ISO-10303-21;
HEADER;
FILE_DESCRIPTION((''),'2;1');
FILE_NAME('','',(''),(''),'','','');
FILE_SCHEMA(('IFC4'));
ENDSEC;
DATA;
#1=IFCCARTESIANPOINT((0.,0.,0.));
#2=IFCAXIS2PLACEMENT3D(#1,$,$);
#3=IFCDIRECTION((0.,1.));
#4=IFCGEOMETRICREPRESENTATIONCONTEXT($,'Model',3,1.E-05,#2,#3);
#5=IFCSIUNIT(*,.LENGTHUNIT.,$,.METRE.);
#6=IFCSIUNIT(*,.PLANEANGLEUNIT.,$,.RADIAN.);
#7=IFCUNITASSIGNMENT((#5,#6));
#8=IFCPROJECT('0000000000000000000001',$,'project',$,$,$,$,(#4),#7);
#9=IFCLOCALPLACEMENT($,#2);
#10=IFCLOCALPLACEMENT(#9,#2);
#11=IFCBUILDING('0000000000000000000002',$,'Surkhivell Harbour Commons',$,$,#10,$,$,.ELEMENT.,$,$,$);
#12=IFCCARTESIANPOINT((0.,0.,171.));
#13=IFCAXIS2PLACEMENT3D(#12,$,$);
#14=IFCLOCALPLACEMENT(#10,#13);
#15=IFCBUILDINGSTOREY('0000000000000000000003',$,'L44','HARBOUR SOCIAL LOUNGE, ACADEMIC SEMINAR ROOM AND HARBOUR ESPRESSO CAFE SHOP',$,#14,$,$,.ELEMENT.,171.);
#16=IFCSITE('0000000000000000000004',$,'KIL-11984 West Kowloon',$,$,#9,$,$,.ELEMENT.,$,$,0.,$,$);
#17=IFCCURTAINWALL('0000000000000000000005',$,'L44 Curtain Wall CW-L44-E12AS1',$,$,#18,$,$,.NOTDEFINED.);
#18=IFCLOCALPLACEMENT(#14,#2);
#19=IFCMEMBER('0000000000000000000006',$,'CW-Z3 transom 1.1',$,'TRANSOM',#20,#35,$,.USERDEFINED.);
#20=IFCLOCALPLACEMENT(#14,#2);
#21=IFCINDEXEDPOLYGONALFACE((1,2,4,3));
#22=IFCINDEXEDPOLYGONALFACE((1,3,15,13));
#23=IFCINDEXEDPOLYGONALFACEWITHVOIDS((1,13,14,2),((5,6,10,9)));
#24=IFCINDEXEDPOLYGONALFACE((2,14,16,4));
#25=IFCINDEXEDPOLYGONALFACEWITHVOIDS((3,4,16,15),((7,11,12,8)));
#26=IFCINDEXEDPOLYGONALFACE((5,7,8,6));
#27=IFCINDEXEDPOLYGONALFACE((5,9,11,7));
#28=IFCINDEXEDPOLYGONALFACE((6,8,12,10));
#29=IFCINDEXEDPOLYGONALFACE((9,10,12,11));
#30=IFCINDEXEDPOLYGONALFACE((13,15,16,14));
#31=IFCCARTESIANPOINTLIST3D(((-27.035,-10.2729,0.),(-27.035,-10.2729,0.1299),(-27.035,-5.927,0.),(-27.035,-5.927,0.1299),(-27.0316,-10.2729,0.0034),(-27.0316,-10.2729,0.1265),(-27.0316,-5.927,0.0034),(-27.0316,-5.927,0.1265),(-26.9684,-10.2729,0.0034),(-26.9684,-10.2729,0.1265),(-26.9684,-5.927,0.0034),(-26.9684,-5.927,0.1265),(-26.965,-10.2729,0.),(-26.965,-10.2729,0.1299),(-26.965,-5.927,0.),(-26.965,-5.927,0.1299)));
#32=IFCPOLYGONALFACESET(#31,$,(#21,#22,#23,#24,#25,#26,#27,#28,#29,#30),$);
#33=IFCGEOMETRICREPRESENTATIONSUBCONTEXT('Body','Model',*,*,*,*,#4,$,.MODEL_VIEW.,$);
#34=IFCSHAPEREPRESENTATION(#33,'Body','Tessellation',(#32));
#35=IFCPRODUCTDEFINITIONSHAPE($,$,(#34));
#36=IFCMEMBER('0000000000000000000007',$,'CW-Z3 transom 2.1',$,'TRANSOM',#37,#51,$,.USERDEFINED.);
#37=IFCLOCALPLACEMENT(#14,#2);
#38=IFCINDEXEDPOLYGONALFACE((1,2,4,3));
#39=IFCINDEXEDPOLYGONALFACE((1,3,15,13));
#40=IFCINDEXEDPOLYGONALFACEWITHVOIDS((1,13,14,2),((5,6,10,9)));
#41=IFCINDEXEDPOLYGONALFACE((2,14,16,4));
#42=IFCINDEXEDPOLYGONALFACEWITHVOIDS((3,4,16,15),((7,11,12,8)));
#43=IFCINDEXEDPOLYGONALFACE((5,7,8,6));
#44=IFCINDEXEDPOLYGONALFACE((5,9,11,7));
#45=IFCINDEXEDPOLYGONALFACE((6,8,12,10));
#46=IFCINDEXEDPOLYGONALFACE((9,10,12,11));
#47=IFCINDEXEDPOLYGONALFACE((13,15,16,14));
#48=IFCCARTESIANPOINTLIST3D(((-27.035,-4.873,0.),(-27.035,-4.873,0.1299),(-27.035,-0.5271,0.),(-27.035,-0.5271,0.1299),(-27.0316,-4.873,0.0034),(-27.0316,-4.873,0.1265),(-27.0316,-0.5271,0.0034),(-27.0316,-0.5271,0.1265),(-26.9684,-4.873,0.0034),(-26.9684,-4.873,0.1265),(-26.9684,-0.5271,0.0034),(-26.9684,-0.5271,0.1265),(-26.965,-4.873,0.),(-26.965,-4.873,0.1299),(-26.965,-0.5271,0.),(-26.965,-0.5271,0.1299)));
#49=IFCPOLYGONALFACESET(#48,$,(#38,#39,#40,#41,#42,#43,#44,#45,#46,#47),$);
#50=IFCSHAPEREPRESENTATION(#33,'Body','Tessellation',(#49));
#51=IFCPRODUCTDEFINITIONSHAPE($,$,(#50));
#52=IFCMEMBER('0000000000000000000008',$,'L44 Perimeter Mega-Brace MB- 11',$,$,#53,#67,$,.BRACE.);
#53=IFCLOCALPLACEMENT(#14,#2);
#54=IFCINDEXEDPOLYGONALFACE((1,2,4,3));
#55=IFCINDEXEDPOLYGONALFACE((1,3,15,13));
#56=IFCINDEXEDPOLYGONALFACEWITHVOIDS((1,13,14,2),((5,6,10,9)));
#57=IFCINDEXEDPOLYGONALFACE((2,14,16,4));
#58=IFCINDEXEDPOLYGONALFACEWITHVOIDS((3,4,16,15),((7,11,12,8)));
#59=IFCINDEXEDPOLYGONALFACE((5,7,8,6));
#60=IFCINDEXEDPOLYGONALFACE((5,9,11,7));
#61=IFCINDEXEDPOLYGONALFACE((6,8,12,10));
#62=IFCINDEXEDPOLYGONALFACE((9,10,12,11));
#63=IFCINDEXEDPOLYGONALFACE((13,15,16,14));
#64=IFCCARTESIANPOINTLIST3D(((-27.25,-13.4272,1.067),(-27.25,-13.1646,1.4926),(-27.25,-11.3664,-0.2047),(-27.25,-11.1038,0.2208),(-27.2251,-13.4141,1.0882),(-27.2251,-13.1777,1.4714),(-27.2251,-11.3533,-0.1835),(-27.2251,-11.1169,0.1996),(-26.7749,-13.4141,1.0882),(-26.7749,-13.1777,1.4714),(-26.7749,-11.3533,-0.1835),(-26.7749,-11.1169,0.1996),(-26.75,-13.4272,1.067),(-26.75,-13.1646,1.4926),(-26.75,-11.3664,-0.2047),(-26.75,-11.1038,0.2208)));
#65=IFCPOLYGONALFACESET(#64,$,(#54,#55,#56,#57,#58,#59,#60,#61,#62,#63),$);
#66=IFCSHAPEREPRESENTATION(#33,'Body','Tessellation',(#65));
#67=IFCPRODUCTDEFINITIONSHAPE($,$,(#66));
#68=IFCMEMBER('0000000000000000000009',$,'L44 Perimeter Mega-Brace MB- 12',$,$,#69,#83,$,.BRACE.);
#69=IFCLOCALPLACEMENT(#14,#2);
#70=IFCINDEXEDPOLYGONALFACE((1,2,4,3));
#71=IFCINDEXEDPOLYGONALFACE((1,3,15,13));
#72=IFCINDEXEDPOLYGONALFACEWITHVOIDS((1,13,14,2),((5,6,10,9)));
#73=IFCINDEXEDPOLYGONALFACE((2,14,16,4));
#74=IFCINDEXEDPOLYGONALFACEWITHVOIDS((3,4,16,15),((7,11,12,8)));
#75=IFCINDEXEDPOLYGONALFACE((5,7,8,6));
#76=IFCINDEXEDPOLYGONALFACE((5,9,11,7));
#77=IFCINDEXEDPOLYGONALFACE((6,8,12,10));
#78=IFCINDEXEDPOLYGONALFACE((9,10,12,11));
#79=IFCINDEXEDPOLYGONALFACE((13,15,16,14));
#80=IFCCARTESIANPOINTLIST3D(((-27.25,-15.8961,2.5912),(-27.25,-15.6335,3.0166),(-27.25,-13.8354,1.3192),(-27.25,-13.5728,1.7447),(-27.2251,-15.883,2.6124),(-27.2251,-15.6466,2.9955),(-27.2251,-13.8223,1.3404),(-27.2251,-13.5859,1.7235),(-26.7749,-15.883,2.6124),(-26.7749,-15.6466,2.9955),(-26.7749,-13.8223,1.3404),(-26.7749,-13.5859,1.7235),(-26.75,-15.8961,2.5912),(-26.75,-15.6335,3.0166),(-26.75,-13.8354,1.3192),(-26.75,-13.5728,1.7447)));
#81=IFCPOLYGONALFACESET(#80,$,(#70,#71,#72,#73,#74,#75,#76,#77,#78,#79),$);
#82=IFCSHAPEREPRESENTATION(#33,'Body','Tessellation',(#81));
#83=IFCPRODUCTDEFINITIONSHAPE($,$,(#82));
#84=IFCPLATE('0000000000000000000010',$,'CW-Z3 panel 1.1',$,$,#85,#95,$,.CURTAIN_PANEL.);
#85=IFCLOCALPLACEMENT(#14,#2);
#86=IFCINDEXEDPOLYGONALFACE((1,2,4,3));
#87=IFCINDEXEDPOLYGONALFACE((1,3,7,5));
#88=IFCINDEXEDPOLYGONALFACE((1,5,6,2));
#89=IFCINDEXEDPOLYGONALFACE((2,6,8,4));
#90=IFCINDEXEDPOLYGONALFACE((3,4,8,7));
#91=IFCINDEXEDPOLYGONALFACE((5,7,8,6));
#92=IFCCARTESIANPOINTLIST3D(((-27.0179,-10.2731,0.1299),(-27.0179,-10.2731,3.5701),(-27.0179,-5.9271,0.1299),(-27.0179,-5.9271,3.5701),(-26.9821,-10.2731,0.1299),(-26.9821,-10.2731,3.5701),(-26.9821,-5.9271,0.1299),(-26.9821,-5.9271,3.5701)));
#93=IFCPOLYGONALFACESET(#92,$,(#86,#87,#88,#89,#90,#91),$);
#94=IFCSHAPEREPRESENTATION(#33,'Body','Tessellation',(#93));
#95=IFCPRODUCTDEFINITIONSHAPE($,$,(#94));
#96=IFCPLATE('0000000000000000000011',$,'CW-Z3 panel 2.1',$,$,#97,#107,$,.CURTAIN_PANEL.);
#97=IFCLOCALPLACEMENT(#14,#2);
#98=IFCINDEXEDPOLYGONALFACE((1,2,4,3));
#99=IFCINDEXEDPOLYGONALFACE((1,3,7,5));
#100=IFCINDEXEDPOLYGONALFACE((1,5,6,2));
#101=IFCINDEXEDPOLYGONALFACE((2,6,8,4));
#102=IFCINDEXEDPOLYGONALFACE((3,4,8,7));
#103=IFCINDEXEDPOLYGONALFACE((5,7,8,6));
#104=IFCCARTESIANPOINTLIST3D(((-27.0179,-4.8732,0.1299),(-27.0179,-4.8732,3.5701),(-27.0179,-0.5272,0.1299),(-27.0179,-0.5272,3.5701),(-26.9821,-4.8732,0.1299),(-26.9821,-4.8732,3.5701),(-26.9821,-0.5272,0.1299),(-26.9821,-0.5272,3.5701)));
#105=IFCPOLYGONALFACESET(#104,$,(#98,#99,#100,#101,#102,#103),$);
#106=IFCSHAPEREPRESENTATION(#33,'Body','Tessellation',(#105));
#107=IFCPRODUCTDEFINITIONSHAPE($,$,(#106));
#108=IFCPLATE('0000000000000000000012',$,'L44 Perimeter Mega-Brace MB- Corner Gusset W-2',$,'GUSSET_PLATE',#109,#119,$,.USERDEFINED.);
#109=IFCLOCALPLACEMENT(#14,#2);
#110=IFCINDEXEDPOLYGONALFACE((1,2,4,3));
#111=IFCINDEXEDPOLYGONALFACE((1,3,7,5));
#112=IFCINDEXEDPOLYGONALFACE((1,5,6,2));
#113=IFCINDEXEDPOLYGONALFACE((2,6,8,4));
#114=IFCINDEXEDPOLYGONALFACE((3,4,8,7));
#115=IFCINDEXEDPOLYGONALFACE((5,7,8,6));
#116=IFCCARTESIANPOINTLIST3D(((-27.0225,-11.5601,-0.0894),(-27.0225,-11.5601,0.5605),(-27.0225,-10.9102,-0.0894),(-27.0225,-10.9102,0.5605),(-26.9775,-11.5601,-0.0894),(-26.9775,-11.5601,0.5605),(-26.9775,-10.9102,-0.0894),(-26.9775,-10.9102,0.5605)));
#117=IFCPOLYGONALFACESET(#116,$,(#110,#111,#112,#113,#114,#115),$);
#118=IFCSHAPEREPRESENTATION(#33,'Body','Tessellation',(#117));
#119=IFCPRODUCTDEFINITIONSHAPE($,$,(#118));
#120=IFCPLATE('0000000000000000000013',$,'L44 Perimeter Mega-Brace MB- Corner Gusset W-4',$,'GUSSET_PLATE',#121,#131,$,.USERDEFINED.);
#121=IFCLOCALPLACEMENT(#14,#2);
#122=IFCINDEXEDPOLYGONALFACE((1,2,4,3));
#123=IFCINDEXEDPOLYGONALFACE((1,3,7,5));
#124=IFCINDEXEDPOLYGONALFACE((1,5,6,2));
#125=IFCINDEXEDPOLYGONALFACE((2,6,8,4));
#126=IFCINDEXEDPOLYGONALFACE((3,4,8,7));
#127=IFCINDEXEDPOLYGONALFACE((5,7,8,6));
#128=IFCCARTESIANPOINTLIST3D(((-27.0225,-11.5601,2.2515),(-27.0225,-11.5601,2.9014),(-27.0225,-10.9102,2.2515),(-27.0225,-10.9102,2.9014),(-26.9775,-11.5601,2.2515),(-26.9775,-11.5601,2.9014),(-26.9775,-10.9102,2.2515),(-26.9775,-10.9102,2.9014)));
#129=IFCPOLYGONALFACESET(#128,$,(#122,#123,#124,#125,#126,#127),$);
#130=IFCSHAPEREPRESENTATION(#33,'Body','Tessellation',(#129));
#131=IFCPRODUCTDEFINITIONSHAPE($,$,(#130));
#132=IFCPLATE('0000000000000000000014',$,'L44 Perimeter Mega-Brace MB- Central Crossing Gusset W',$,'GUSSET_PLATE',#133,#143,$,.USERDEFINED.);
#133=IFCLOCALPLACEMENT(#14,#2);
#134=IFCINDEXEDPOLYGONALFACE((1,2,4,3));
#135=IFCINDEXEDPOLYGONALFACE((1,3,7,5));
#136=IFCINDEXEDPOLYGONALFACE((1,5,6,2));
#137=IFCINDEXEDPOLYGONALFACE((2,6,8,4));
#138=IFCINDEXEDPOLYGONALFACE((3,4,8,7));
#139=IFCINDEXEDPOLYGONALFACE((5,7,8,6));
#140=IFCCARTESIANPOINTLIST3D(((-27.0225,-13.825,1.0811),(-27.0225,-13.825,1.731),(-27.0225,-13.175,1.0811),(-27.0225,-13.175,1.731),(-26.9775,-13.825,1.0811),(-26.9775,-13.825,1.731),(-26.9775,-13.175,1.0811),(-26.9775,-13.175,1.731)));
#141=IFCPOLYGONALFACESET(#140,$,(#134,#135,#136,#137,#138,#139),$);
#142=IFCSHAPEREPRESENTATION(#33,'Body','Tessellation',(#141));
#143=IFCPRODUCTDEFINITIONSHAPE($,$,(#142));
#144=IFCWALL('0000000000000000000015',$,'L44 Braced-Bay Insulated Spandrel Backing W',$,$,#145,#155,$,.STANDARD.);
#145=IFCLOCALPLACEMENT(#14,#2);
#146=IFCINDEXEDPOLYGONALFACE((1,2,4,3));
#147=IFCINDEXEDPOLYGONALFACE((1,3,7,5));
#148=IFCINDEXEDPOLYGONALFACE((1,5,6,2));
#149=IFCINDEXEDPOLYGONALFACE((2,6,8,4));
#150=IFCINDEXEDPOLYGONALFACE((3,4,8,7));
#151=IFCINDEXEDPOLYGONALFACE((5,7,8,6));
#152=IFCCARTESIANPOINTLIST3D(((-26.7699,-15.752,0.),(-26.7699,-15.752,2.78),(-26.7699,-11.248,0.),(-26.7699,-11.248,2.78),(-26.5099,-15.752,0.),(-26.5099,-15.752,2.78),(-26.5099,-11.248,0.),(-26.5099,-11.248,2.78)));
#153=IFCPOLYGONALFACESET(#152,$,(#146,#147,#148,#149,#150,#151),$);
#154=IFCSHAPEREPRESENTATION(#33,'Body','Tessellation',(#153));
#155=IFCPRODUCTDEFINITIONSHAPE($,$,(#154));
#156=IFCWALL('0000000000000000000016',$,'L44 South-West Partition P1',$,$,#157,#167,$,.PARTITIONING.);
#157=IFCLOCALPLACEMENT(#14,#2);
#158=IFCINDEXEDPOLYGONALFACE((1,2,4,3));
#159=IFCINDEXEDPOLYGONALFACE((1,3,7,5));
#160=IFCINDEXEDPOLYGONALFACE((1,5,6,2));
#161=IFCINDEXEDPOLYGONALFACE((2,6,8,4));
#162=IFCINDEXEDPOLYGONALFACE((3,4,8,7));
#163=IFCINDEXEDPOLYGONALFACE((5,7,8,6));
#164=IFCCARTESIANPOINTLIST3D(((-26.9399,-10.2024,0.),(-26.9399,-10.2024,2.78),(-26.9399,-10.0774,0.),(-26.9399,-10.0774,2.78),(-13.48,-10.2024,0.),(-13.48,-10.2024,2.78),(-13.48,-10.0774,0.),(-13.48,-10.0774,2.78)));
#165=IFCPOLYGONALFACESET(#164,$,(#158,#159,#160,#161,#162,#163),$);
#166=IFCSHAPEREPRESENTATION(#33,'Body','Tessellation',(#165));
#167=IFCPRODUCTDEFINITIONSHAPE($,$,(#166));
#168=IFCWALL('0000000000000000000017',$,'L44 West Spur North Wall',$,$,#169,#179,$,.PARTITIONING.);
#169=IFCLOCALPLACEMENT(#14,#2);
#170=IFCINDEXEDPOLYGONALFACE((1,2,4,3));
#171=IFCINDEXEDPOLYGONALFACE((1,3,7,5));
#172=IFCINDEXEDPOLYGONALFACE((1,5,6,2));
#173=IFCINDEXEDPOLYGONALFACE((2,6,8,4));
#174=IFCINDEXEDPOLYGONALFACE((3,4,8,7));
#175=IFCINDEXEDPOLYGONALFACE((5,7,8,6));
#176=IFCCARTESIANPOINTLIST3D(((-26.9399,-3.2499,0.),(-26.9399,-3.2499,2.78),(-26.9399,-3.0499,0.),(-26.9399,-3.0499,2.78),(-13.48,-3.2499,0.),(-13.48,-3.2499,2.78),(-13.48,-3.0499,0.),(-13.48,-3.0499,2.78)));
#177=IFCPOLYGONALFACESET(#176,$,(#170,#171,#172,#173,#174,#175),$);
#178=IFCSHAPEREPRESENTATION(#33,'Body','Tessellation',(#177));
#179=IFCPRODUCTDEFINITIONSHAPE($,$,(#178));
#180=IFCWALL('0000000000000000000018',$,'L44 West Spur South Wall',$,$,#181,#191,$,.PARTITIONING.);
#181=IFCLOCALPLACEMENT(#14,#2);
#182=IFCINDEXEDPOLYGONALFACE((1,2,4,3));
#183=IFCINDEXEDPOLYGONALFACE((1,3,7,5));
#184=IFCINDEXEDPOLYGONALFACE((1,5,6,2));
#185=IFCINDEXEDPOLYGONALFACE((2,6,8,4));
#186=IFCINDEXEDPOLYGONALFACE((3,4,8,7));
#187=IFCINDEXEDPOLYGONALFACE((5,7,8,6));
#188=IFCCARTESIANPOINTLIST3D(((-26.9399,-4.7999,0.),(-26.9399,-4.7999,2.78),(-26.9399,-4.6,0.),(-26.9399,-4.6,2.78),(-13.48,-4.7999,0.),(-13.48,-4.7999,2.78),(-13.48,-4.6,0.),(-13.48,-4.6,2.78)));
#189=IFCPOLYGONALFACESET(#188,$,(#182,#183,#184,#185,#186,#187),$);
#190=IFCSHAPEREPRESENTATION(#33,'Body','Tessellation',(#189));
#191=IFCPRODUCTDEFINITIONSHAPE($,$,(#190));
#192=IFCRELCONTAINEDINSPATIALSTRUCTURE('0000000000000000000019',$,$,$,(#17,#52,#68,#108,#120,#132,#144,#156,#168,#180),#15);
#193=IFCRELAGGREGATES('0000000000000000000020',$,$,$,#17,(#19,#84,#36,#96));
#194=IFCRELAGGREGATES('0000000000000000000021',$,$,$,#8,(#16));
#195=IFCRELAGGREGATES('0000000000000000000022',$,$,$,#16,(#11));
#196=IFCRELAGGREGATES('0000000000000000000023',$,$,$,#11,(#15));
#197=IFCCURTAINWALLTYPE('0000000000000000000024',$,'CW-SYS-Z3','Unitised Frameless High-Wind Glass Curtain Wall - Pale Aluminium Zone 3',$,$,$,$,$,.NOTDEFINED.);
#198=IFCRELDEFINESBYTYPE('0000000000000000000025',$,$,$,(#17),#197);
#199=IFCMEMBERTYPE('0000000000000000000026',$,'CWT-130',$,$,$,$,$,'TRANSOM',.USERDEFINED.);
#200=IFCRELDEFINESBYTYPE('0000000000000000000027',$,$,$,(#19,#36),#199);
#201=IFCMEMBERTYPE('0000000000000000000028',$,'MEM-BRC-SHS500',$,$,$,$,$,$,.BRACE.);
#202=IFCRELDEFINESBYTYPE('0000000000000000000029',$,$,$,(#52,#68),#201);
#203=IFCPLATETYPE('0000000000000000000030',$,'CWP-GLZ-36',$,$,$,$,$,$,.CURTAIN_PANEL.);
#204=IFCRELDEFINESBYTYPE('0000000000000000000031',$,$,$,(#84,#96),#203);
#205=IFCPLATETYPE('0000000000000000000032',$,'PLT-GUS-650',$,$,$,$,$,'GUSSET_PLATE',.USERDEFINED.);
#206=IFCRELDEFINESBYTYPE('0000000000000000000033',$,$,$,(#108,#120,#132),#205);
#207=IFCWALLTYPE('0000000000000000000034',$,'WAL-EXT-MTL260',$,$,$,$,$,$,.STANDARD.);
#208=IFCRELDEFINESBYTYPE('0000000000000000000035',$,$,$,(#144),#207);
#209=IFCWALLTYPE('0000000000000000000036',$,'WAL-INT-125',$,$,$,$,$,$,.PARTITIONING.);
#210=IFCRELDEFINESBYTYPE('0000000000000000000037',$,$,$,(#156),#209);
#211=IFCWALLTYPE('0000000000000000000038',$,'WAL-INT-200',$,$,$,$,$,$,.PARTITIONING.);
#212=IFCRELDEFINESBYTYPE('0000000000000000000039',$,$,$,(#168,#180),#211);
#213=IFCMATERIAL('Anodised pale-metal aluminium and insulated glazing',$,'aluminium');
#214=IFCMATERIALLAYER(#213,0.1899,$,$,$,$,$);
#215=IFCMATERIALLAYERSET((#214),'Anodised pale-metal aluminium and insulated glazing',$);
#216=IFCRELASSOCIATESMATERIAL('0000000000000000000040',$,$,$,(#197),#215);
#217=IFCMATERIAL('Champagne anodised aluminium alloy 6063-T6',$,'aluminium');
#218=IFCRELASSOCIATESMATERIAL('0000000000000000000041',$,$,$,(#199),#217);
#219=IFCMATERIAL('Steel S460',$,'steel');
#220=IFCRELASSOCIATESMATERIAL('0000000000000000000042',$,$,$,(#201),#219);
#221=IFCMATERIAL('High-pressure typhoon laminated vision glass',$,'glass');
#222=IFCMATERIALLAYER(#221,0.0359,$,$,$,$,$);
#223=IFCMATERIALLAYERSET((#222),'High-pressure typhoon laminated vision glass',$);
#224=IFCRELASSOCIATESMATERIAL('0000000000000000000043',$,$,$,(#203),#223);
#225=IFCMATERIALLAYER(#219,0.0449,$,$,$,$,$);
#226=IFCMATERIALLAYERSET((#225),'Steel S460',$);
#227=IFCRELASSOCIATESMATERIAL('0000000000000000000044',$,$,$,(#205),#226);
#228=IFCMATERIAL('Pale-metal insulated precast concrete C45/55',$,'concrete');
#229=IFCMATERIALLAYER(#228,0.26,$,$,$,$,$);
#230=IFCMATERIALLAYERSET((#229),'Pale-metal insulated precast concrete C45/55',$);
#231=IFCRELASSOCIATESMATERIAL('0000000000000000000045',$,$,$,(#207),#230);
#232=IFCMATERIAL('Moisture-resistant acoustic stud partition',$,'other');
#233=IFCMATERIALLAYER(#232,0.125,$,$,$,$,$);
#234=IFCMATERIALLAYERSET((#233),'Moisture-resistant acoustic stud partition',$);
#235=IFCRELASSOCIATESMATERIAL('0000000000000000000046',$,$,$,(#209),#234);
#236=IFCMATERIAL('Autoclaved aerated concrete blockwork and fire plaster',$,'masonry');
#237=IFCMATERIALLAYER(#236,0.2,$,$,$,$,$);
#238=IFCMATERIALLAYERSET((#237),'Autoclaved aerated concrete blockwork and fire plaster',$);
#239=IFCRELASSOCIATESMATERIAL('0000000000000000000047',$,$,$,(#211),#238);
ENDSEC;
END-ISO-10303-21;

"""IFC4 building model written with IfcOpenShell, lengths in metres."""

from ifc_helpers import new_model, si_unit, direction, frame, frame_2d, origin, origin_2d, place, context, subcontext, project, spatial, rectangle, hollow_rectangle, extrude, material, layer, layer_set, material_profile, profile_set, type_object, element, aggregate, save


model = new_model("IFC4")

# Units and contexts
model_context = context("Model", 3, precision=1e-05, world=origin(), true_north=direction((0.0, 1.0)))
body_context = subcontext(model_context, "Body", "Model", "MODEL_VIEW")
ifc_project = project(units=[si_unit("LENGTHUNIT", "METRE"), si_unit("PLANEANGLEUNIT", "RADIAN")], contexts=[model_context])

# Site, building, storey
site_placement = place(None, origin())
site = spatial("IfcSite", under=ifc_project, at=site_placement, Name="KIL-11984 West Kowloon", CompositionType="ELEMENT", RefElevation=0.0)
building_placement = place(site_placement, origin())
building = spatial("IfcBuilding", under=site, at=building_placement, Name="Surkhivell Harbour Commons", CompositionType="ELEMENT")
storey_placement = place(building_placement, frame((0.0, 0.0, 171.0)))
storey = spatial("IfcBuildingStorey", under=building, at=storey_placement, Name="L44", Description="HARBOUR SOCIAL LOUNGE, ACADEMIC SEMINAR ROOM AND HARBOUR ESPRESSO CAFE SHOP", CompositionType="ELEMENT", Elevation=171.0)

# Curtain wall, members
ifc_material_1 = material(Name="Anodised pale-metal aluminium and insulated glazing", Category="aluminium")
ifc_layer_1 = layer(ifc_material_1, 0.1899)
ifc_layer_set_1 = layer_set([ifc_layer_1], Name="Anodised pale-metal aluminium and insulated glazing")
curtain_wall_type = type_object("IfcCurtainWallType", Name="CW-SYS-Z3", Description="Unitised Frameless High-Wind Glass Curtain Wall - Pale Aluminium Zone 3", PredefinedType="NOTDEFINED", material=ifc_layer_set_1)
curtain_wall_placement = place(storey_placement, origin())
curtain_wall = element("IfcCurtainWall", 1, at=curtain_wall_placement, inside=storey, type_object=curtain_wall_type, Name="L44 Curtain Wall CW-L44-E12AS1", PredefinedType="NOTDEFINED")
ifc_material_2 = material(Name="Champagne anodised aluminium alloy 6063-T6", Category="aluminium")
ifc_material_profile_1 = material_profile(ifc_material_2, hollow_rectangle(XDim=0.0701, YDim=0.1299, WallThickness=0.0034, at=origin_2d()), Name="ALU-TRAN-70x130")
ifc_profile_set_1 = profile_set([ifc_material_profile_1], Name="Champagne anodised aluminium alloy 6063-T6")
member_type_1 = type_object("IfcMemberType", Name="CWT-130", ElementType="TRANSOM", PredefinedType="USERDEFINED", material=ifc_profile_set_1)
member_1_placement = place(storey_placement, frame((-27.0, -10.2729, 0.0649), z_axis=(0.0, 1.0, 0.0), x_axis=(-1.0, 0.0, 0.0)))
member_1 = element("IfcMember", 2, at=member_1_placement, type_object=member_type_1, Name="CW-Z3 transom 1.1", ObjectType="TRANSOM", PredefinedType="USERDEFINED", context=body_context, shape_type="SweptSolid", body=[
    extrude(hollow_rectangle(XDim=0.0701, YDim=0.1299, WallThickness=0.0034, at=origin_2d()), origin(), (0.0, 0.0, 1.0), 4.3459),
])
member_2_placement = place(storey_placement, frame((-27.0, -4.873, 0.0649), z_axis=(0.0, 1.0, 0.0), x_axis=(-1.0, 0.0, 0.0)))
member_2 = element("IfcMember", 3, at=member_2_placement, type_object=member_type_1, Name="CW-Z3 transom 2.1", ObjectType="TRANSOM", PredefinedType="USERDEFINED", context=body_context, shape_type="SweptSolid", body=[
    extrude(hollow_rectangle(XDim=0.0701, YDim=0.1299, WallThickness=0.0034, at=origin_2d()), origin(), (0.0, 0.0, 1.0), 4.3459),
])

# Members
ifc_material_3 = material(Name="Steel S460", Category="steel")
ifc_material_profile_2 = material_profile(ifc_material_3, hollow_rectangle(XDim=0.5, YDim=0.5, WallThickness=0.0249, at=origin_2d()), Name="SHS500x500x25")
ifc_profile_set_2 = profile_set([ifc_material_profile_2], Name="Steel S460")
member_type_2 = type_object("IfcMemberType", Name="MEM-BRC-SHS500", PredefinedType="BRACE", material=ifc_profile_set_2)
for number, where, z_axis, x_axis, name in (
    (4, (-27.0, -11.2351, 0.0081), (0.0, -0.851003, 0.52516), (1.0, 0.0, 0.0), "L44 Perimeter Mega-Brace MB- 11"),
    (5, (-27.0, -13.7041, 1.532), (0.0, -0.850958, 0.525233), (1.0, 0.0, 0.0), "L44 Perimeter Mega-Brace MB- 12"),
):
    element("IfcMember", number, at=place(storey_placement, frame(where, z_axis=z_axis, x_axis=x_axis)), inside=storey, type_object=member_type_2, Name=name, PredefinedType="BRACE", context=body_context, shape_type="SweptSolid", body=[
        extrude(hollow_rectangle(XDim=0.5, YDim=0.5, WallThickness=0.0249, at=origin_2d()), origin(), (0.0, 0.0, 1.0), 2.4216),
    ])

# Plates
ifc_material_4 = material(Name="High-pressure typhoon laminated vision glass", Category="glass")
ifc_layer_2 = layer(ifc_material_4, 0.0359)
ifc_layer_set_2 = layer_set([ifc_layer_2], Name="High-pressure typhoon laminated vision glass")
plate_type_1 = type_object("IfcPlateType", Name="CWP-GLZ-36", PredefinedType="CURTAIN_PANEL", material=ifc_layer_set_2)
plate_1_placement = place(storey_placement, frame((-27.0, -10.2729, 0.1299), z_axis=(0.0, 0.0, 1.0), x_axis=(0.0, 1.0, 0.0)))
plate_1 = element("IfcPlate", 6, at=plate_1_placement, type_object=plate_type_1, Name="CW-Z3 panel 1.1", PredefinedType="CURTAIN_PANEL", context=body_context, shape_type="SweptSolid", body=[
    extrude(rectangle(XDim=4.3459, YDim=0.0359, at=frame_2d((2.1729, 0.0))), origin(), (0.0, 0.0, 1.0), 3.4402),
])
plate_2_placement = place(storey_placement, frame((-27.0, -4.873, 0.1299), z_axis=(0.0, 0.0, 1.0), x_axis=(0.0, 1.0, 0.0)))
plate_2 = element("IfcPlate", 7, at=plate_2_placement, type_object=plate_type_1, Name="CW-Z3 panel 2.1", PredefinedType="CURTAIN_PANEL", context=body_context, shape_type="SweptSolid", body=[
    extrude(rectangle(XDim=4.3459, YDim=0.0359, at=frame_2d((2.1729, 0.0))), origin(), (0.0, 0.0, 1.0), 3.4402),
])
aggregate(curtain_wall, [member_1, plate_1, member_2, plate_2])

# Plates
ifc_layer_3 = layer(ifc_material_3, 0.0449)
ifc_layer_set_3 = layer_set([ifc_layer_3], Name="Steel S460")
plate_type_2 = type_object("IfcPlateType", Name="PLT-GUS-650", ElementType="GUSSET_PLATE", PredefinedType="USERDEFINED", material=ifc_layer_set_3)
for number, where, z_axis, x_axis, name in (
    (8, (-27.0, -11.2351, -0.0894), (0.0, 0.0, 1.0), (0.0, 1.0, 0.0), "L44 Perimeter Mega-Brace MB- Corner Gusset W-2"),
    (9, (-27.0, -11.2351, 2.2515), (0.0, 0.0, 1.0), (0.0, 1.0, 0.0), "L44 Perimeter Mega-Brace MB- Corner Gusset W-4"),
    (10, (-27.0, -13.5, 1.0811), (0.0, 0.0, 1.0), (0.0, 1.0, 0.0), "L44 Perimeter Mega-Brace MB- Central Crossing Gusset W"),
):
    element("IfcPlate", number, at=place(storey_placement, frame(where, z_axis=z_axis, x_axis=x_axis)), inside=storey, type_object=plate_type_2, Name=name, ObjectType="GUSSET_PLATE", PredefinedType="USERDEFINED", context=body_context, shape_type="SweptSolid", body=[
        extrude(rectangle(XDim=0.6499, YDim=0.0449, at=origin_2d()), origin(), (0.0, 0.0, 1.0), 0.6499),
    ])

# Walls
ifc_material_5 = material(Name="Pale-metal insulated precast concrete C45/55", Category="concrete")
ifc_layer_4 = layer(ifc_material_5, 0.26)
ifc_layer_set_4 = layer_set([ifc_layer_4], Name="Pale-metal insulated precast concrete C45/55")
wall_type_1 = type_object("IfcWallType", Name="WAL-EXT-MTL260", PredefinedType="STANDARD", material=ifc_layer_set_4)
wall_1_placement = place(storey_placement, frame((-26.6399, -15.752, 0.0), z_axis=(0.0, 0.0, 1.0), x_axis=(0.0, 1.0, 0.0)))
element("IfcWall", 11, at=wall_1_placement, inside=storey, type_object=wall_type_1, Name="L44 Braced-Bay Insulated Spandrel Backing W", PredefinedType="STANDARD", context=body_context, shape_type="SweptSolid", body=[
    extrude(rectangle(XDim=4.5039, YDim=0.26, at=frame_2d((2.252, 0.0))), origin(), (0.0, 0.0, 1.0), 2.78),
])
ifc_material_6 = material(Name="Moisture-resistant acoustic stud partition", Category="other")
ifc_layer_5 = layer(ifc_material_6, 0.125)
ifc_layer_set_5 = layer_set([ifc_layer_5], Name="Moisture-resistant acoustic stud partition")
wall_type_2 = type_object("IfcWallType", Name="WAL-INT-125", PredefinedType="PARTITIONING", material=ifc_layer_set_5)
wall_2_placement = place(storey_placement, frame((-26.9399, -10.1399, 0.0), z_axis=(0.0, 0.0, 1.0), x_axis=(1.0, 0.0, 0.0)))
element("IfcWall", 12, at=wall_2_placement, inside=storey, type_object=wall_type_2, Name="L44 South-West Partition P1", PredefinedType="PARTITIONING", context=body_context, shape_type="SweptSolid", body=[
    extrude(rectangle(XDim=13.46, YDim=0.125, at=frame_2d((6.73, 0.0))), origin(), (0.0, 0.0, 1.0), 2.78),
])
ifc_material_7 = material(Name="Autoclaved aerated concrete blockwork and fire plaster", Category="masonry")
ifc_layer_6 = layer(ifc_material_7, 0.2)
ifc_layer_set_6 = layer_set([ifc_layer_6], Name="Autoclaved aerated concrete blockwork and fire plaster")
wall_type_3 = type_object("IfcWallType", Name="WAL-INT-200", PredefinedType="PARTITIONING", material=ifc_layer_set_6)
for number, where, z_axis, x_axis, name in (
    (13, (-26.9399, -3.1499, 0.0), (0.0, 0.0, 1.0), (1.0, 0.0, 0.0), "L44 West Spur North Wall"),
    (14, (-26.9399, -4.7, 0.0), (0.0, 0.0, 1.0), (1.0, 0.0, 0.0), "L44 West Spur South Wall"),
):
    element("IfcWall", number, at=place(storey_placement, frame(where, z_axis=z_axis, x_axis=x_axis)), inside=storey, type_object=wall_type_3, Name=name, PredefinedType="PARTITIONING", context=body_context, shape_type="SweptSolid", body=[
        extrude(rectangle(XDim=13.46, YDim=0.2, at=frame_2d((6.73, 0.0))), origin(), (0.0, 0.0, 1.0), 2.78),
    ])

save(model, "model.ifc")
